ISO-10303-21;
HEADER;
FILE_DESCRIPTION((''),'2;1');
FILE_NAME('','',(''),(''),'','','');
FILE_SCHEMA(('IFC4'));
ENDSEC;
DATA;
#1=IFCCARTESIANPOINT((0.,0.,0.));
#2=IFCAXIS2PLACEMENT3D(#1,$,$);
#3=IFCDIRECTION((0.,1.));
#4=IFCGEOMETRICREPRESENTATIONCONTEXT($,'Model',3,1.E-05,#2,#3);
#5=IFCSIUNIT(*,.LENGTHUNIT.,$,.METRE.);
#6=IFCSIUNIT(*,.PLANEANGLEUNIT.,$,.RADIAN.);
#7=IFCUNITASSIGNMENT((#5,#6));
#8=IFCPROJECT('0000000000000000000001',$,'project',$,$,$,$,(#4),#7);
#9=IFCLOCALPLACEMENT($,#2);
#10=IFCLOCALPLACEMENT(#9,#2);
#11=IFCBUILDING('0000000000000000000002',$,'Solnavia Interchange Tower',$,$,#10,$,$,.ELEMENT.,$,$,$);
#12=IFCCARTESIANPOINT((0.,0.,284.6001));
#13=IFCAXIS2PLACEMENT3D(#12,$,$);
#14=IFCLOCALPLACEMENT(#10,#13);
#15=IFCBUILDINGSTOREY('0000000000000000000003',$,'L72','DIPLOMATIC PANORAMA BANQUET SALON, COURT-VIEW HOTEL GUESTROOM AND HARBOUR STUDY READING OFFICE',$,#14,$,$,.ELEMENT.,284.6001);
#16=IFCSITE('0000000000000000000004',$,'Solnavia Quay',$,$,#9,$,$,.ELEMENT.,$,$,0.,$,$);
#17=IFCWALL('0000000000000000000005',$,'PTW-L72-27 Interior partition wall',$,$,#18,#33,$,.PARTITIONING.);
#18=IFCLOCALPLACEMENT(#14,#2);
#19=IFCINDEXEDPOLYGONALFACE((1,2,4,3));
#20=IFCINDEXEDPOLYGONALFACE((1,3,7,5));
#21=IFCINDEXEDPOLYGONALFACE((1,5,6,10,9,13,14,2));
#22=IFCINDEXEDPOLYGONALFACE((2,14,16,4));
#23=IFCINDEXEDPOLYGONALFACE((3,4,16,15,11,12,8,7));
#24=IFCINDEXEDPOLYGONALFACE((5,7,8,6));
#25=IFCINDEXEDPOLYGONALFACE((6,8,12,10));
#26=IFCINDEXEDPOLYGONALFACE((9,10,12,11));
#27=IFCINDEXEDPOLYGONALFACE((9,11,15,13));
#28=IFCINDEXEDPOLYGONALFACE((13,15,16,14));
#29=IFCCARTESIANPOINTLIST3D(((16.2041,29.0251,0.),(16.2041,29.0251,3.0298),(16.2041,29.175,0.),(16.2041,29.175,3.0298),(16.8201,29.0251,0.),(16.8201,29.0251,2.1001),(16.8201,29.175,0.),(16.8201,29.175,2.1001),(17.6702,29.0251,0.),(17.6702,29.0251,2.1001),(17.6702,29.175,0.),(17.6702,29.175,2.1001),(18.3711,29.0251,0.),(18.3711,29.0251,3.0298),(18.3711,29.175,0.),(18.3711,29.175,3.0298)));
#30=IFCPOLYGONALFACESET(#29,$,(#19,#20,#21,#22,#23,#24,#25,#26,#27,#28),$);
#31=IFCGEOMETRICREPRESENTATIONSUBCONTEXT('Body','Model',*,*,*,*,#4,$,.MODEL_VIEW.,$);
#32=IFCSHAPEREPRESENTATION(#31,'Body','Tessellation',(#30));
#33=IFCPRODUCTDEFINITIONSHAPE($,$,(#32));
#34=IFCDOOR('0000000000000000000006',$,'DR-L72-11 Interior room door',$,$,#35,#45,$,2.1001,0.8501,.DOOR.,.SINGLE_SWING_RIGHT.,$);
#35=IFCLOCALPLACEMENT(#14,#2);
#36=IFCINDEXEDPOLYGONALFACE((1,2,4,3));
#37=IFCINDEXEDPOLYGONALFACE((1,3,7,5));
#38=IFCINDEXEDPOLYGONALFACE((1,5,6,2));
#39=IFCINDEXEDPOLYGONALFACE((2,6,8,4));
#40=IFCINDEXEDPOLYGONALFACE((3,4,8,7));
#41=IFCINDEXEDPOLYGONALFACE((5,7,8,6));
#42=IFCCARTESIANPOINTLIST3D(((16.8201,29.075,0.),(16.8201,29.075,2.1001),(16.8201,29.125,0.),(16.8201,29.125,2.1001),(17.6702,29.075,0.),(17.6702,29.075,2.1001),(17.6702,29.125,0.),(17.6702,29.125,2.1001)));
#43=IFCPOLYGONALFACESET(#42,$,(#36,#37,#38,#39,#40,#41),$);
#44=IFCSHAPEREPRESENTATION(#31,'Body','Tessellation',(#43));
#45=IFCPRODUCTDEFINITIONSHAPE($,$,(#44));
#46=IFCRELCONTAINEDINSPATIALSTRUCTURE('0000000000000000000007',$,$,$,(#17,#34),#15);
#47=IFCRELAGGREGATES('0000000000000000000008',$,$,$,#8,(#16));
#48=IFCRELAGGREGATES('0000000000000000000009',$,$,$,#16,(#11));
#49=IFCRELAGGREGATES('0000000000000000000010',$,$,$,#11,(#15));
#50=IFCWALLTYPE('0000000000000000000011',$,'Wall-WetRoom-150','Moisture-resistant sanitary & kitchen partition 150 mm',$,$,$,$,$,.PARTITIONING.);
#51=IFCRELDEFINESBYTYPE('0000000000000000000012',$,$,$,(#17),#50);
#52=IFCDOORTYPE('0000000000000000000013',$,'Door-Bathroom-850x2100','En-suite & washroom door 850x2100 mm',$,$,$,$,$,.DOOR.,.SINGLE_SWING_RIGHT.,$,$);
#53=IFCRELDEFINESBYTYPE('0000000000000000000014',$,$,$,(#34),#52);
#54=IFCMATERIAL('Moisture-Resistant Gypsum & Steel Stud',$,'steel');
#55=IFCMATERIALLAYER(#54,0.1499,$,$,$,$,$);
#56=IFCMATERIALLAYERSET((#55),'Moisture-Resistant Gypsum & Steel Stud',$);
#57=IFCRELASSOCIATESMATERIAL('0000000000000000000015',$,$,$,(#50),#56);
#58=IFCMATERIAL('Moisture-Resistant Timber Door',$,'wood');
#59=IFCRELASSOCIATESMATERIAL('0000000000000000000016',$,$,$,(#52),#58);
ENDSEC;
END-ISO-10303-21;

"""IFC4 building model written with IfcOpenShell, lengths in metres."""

from ifc_helpers import new_model, si_unit, direction, frame, frame_2d, origin, place, context, subcontext, project, spatial, rectangle, extrude, material, layer, layer_set, type_object, element, fill, save


model = new_model("IFC4")

# Units and contexts
model_context = context("Model", 3, precision=1e-05, world=origin(), true_north=direction((0.0, 1.0)))
body_context = subcontext(model_context, "Body", "Model", "MODEL_VIEW")
ifc_project = project(units=[si_unit("LENGTHUNIT", "METRE"), si_unit("PLANEANGLEUNIT", "RADIAN")], contexts=[model_context])

# Site, building, storey
site_placement = place(None, origin())
site = spatial("IfcSite", under=ifc_project, at=site_placement, Name="Solnavia Quay", CompositionType="ELEMENT", RefElevation=0.0)
building_placement = place(site_placement, origin())
building = spatial("IfcBuilding", under=site, at=building_placement, Name="Solnavia Interchange Tower", CompositionType="ELEMENT")
storey_placement = place(building_placement, frame((0.0, 0.0, 284.6001)))
storey = spatial("IfcBuildingStorey", under=building, at=storey_placement, Name="L72", Description="DIPLOMATIC PANORAMA BANQUET SALON, COURT-VIEW HOTEL GUESTROOM AND HARBOUR STUDY READING OFFICE", CompositionType="ELEMENT", Elevation=284.6001)

# Shared definitions
ifc_material_1 = material(Name="Moisture-Resistant Gypsum & Steel Stud", Category="steel")
ifc_layer_1 = layer(ifc_material_1, 0.1499)
ifc_layer_set_1 = layer_set([ifc_layer_1], Name="Moisture-Resistant Gypsum & Steel Stud")
wall_type_1 = type_object("IfcWallType", Name="Wall-WetRoom-150", Description="Moisture-resistant sanitary & kitchen partition 150 mm", PredefinedType="PARTITIONING", material=ifc_layer_set_1)

# Shared definitions
ifc_material_2 = material(Name="Moisture-Resistant Timber Door", Category="wood")
door_type_1 = type_object("IfcDoorType", Name="Door-Bathroom-850x2100", Description="En-suite & washroom door 850x2100 mm", OperationType="SINGLE_SWING_RIGHT", PredefinedType="DOOR", material=ifc_material_2)

# Wall, opening, door
wall_1_placement = place(storey_placement, frame((16.2041, 29.1001, 0.0), z_axis=(0.0, 0.0, 1.0), x_axis=(1.0, 0.0, 0.0)))
wall_1 = element("IfcWall", 1, at=wall_1_placement, inside=storey, type_object=wall_type_1, Name="PTW-L72-27 Interior partition wall", PredefinedType="PARTITIONING", context=body_context, shape_type="SweptSolid", body=[
    extrude(rectangle(XDim=2.167, YDim=0.1499, at=frame_2d((1.0835, 0.0))), origin(), (0.0, 0.0, 1.0), 3.0298),
])
opening_1_placement = place(wall_1_placement, frame((0.616, 0.0, 0.0)))
opening_1 = element("IfcOpeningElement", 2, at=opening_1_placement, cuts=wall_1, PredefinedType="OPENING", context=body_context, shape_type="SweptSolid", body=[
    extrude(rectangle(XDim=0.8501, YDim=2.1001, at=frame_2d((0.425, 1.05))), frame((0.0, 0.085, 0.0), z_axis=(0.0, -1.0, 0.0), x_axis=(1.0, 0.0, 0.0)), (0.0, 0.0, 1.0), 0.1699),
])
door_1_placement = place(opening_1_placement, origin())
door_1 = element("IfcDoor", 3, at=door_1_placement, inside=storey, type_object=door_type_1, Name="DR-L72-11 Interior room door", OperationType="SINGLE_SWING_RIGHT", OverallHeight=2.1001, OverallWidth=0.8501, PredefinedType="DOOR", context=body_context, shape_type="SweptSolid", body=[
    extrude(rectangle(XDim=0.8501, YDim=2.1001, at=frame_2d((0.425, 1.05))), frame((0.0, 0.0249, 0.0), z_axis=(0.0, -1.0, 0.0), x_axis=(1.0, 0.0, 0.0)), (0.0, 0.0, 1.0), 0.05),
])
fill(opening_1, door_1)

save(model, "model.ifc")
